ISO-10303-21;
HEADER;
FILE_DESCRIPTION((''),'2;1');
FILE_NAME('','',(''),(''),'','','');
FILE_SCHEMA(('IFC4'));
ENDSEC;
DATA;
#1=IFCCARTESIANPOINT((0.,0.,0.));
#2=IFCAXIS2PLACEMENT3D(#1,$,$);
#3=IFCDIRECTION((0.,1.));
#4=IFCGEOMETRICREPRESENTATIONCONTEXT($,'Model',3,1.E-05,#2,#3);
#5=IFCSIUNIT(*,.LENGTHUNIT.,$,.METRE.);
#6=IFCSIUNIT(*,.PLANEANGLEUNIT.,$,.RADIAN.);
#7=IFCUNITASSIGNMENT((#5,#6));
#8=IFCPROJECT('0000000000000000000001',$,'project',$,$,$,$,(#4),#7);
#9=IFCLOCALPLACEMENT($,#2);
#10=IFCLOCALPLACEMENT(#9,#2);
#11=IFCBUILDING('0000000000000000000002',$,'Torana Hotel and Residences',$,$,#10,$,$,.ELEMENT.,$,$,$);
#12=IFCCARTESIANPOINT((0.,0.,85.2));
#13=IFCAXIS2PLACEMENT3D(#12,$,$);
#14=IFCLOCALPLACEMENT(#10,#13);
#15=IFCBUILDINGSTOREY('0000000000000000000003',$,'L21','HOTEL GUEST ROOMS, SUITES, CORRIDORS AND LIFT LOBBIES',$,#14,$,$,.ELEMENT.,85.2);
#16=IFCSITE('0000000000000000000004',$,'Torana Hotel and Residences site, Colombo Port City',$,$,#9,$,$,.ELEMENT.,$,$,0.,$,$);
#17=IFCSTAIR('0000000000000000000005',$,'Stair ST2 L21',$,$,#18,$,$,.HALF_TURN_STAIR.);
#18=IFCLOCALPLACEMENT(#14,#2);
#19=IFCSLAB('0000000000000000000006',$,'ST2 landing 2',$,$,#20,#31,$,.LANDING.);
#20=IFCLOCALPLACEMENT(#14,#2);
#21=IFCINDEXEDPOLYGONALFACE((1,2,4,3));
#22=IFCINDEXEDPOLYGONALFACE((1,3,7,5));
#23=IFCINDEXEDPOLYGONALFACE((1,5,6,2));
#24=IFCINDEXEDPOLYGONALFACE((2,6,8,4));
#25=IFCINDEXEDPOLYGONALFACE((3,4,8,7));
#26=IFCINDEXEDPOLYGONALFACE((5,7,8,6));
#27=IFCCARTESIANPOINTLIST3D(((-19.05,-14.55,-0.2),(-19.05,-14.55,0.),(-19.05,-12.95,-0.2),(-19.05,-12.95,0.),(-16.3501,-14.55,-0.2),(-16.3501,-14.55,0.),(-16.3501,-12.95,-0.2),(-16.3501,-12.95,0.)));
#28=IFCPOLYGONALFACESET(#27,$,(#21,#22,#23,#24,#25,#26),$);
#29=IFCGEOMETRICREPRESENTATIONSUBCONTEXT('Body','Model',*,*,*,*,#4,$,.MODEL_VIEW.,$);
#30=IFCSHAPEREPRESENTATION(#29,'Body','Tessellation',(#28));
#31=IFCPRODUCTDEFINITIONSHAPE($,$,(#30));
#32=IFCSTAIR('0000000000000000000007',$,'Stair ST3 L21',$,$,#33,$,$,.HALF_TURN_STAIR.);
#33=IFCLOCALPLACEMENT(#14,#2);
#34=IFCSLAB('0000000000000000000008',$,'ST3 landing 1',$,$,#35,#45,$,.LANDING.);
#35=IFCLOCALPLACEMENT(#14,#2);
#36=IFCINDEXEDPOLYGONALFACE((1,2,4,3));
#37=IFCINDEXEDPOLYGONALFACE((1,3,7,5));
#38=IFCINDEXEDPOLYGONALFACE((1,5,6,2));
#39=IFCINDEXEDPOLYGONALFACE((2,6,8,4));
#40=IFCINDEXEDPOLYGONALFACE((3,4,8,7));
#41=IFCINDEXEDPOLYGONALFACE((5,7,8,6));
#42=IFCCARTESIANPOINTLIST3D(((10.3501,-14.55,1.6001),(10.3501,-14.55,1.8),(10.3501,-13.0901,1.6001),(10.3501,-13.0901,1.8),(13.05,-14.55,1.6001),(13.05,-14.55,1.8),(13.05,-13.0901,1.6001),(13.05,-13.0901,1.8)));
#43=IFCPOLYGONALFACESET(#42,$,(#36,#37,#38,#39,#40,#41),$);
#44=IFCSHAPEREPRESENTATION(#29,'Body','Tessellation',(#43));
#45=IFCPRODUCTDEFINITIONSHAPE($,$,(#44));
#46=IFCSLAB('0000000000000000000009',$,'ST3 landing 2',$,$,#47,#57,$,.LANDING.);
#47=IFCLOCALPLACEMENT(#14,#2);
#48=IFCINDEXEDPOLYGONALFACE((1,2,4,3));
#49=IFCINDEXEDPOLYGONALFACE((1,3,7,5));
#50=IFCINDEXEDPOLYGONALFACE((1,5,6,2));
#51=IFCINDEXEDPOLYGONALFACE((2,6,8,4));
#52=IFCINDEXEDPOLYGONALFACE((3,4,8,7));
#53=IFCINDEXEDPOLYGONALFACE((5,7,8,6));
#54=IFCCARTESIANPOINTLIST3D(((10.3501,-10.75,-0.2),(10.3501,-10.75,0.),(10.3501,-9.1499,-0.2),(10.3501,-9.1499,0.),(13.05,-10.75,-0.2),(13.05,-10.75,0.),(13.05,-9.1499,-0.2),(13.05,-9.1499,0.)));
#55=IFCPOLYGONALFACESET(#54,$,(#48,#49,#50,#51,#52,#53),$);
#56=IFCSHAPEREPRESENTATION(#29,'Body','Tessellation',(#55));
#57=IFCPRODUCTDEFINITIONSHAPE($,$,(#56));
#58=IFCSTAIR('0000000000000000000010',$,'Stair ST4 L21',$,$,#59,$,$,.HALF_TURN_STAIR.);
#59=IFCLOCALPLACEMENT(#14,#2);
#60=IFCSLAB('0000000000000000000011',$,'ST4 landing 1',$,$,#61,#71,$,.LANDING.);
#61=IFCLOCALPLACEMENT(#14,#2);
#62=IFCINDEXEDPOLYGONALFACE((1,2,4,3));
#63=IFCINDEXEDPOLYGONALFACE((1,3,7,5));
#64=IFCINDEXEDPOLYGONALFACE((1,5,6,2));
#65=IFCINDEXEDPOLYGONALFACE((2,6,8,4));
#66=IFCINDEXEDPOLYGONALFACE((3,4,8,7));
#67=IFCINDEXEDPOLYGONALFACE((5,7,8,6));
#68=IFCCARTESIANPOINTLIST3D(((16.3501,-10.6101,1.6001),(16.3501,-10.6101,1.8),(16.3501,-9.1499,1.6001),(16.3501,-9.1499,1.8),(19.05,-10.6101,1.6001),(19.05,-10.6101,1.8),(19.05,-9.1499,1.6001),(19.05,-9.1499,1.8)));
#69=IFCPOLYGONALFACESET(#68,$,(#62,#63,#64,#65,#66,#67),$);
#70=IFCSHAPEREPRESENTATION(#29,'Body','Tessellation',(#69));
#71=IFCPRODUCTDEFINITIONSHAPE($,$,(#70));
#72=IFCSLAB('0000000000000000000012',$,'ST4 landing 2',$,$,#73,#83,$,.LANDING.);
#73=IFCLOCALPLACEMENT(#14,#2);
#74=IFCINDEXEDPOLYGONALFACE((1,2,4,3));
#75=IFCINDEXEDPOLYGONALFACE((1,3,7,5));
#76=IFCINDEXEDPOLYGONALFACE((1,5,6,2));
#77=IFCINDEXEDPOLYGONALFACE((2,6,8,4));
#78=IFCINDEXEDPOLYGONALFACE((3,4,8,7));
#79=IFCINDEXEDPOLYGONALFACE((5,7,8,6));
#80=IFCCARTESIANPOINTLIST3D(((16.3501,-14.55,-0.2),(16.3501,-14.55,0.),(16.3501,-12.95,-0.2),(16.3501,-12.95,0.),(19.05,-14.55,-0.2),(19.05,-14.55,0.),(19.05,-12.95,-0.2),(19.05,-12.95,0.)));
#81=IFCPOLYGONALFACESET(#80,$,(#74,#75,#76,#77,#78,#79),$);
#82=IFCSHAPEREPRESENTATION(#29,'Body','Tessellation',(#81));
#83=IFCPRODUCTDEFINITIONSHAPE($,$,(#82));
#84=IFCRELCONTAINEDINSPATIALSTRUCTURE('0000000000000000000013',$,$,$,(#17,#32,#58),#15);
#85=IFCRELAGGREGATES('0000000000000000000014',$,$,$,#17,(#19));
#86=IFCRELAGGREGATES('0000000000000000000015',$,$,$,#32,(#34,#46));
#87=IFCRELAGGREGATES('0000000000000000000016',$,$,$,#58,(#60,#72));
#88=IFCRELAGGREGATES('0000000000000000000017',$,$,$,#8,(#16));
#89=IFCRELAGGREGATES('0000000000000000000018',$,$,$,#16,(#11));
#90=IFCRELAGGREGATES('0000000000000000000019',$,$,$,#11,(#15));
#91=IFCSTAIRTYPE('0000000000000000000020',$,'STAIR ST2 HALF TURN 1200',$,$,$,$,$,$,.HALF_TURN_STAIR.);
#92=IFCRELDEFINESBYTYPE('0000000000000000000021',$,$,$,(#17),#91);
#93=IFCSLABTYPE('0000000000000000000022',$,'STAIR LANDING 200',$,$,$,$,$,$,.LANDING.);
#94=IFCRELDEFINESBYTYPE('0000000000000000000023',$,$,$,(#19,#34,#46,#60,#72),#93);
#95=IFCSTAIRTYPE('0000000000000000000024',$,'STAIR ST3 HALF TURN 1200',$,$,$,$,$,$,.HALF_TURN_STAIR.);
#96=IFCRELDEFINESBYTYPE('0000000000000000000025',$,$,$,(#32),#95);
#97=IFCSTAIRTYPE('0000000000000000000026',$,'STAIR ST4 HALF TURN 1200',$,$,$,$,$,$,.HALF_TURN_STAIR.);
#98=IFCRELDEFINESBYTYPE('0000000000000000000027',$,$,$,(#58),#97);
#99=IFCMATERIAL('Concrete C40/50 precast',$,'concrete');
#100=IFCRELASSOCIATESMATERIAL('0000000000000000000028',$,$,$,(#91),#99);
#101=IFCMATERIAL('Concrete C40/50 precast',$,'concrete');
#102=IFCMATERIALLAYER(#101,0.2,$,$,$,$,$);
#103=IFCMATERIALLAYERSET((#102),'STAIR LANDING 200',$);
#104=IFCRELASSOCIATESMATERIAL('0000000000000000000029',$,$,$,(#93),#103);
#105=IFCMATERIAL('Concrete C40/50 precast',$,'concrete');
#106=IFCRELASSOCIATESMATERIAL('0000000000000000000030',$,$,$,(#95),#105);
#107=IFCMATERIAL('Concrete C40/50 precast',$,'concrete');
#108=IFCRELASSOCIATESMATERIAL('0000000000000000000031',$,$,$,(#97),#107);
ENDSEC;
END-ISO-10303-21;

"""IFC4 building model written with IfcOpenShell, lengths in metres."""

from ifc_helpers import new_model, si_unit, direction, frame, origin, place, context, subcontext, project, spatial, polyline, outline, extrude, material, layer, layer_set, type_object, element, aggregate, save


model = new_model("IFC4")

# Units and contexts
model_context = context("Model", 3, precision=1e-05, world=origin(), true_north=direction((0.0, 1.0)))
body_context = subcontext(model_context, "Body", "Model", "MODEL_VIEW")
ifc_project = project(units=[si_unit("LENGTHUNIT", "METRE"), si_unit("PLANEANGLEUNIT", "RADIAN")], contexts=[model_context])

# Site, building, storey
site_placement = place(None, origin())
site = spatial("IfcSite", under=ifc_project, at=site_placement, Name="Torana Hotel and Residences site, Colombo Port City", CompositionType="ELEMENT", RefElevation=0.0)
building_placement = place(site_placement, origin())
building = spatial("IfcBuilding", under=site, at=building_placement, Name="Torana Hotel and Residences", CompositionType="ELEMENT")
storey_placement = place(building_placement, frame((0.0, 0.0, 85.2)))
storey = spatial("IfcBuildingStorey", under=building, at=storey_placement, Name="L21", Description="HOTEL GUEST ROOMS, SUITES, CORRIDORS AND LIFT LOBBIES", CompositionType="ELEMENT", Elevation=85.2)

# Stair, slab
ifc_material_1 = material(Name="Concrete C40/50 precast", Category="concrete")
stair_type_1 = type_object("IfcStairType", Name="STAIR ST2 HALF TURN 1200", PredefinedType="HALF_TURN_STAIR", material=ifc_material_1)
stair_1_placement = place(storey_placement, origin())
stair_1 = element("IfcStair", 1, at=stair_1_placement, inside=storey, type_object=stair_type_1, Name="Stair ST2 L21", PredefinedType="HALF_TURN_STAIR")
ifc_material_2 = material(Name="Concrete C40/50 precast", Category="concrete")
ifc_layer_1 = layer(ifc_material_2, 0.2)
ifc_layer_set_1 = layer_set([ifc_layer_1], Name="STAIR LANDING 200")
slab_type = type_object("IfcSlabType", Name="STAIR LANDING 200", PredefinedType="LANDING", material=ifc_layer_set_1)
slab_1_placement = place(storey_placement, frame((0.0, 0.0, -0.2)))
slab_1 = element("IfcSlab", 2, at=slab_1_placement, type_object=slab_type, Name="ST2 landing 2", PredefinedType="LANDING", context=body_context, shape_type="SweptSolid", body=[
    extrude(outline(polyline([(-19.05, -14.55), (-16.3501, -14.55), (-16.3501, -12.95), (-19.05, -12.95), (-19.05, -14.55)])), origin(), (0.0, 0.0, 1.0), 0.2),
])
aggregate(stair_1, [slab_1])

# Stairs, slabs
ifc_material_3 = material(Name="Concrete C40/50 precast", Category="concrete")
stair_type_2 = type_object("IfcStairType", Name="STAIR ST3 HALF TURN 1200", PredefinedType="HALF_TURN_STAIR", material=ifc_material_3)
stair_2_placement = place(storey_placement, origin())
stair_2 = element("IfcStair", 3, at=stair_2_placement, inside=storey, type_object=stair_type_2, Name="Stair ST3 L21", PredefinedType="HALF_TURN_STAIR")
slab_2_placement = place(storey_placement, frame((0.0, 0.0, 1.6001)))
slab_2 = element("IfcSlab", 4, at=slab_2_placement, type_object=slab_type, Name="ST3 landing 1", PredefinedType="LANDING", context=body_context, shape_type="SweptSolid", body=[
    extrude(outline(polyline([(10.3501, -14.55), (13.05, -14.55), (13.05, -13.0901), (10.3501, -13.0901), (10.3501, -14.55)])), origin(), (0.0, 0.0, 1.0), 0.2),
])
slab_3_placement = place(storey_placement, frame((0.0, 0.0, -0.2)))
slab_3 = element("IfcSlab", 5, at=slab_3_placement, type_object=slab_type, Name="ST3 landing 2", PredefinedType="LANDING", context=body_context, shape_type="SweptSolid", body=[
    extrude(outline(polyline([(10.3501, -10.75), (13.05, -10.75), (13.05, -9.1499), (10.3501, -9.1499), (10.3501, -10.75)])), origin(), (0.0, 0.0, 1.0), 0.2),
])
aggregate(stair_2, [slab_2, slab_3])
ifc_material_4 = material(Name="Concrete C40/50 precast", Category="concrete")
stair_type_3 = type_object("IfcStairType", Name="STAIR ST4 HALF TURN 1200", PredefinedType="HALF_TURN_STAIR", material=ifc_material_4)
stair_3_placement = place(storey_placement, origin())
stair_3 = element("IfcStair", 6, at=stair_3_placement, inside=storey, type_object=stair_type_3, Name="Stair ST4 L21", PredefinedType="HALF_TURN_STAIR")
slab_4_placement = place(storey_placement, frame((0.0, 0.0, 1.6001)))
slab_4 = element("IfcSlab", 7, at=slab_4_placement, type_object=slab_type, Name="ST4 landing 1", PredefinedType="LANDING", context=body_context, shape_type="SweptSolid", body=[
    extrude(outline(polyline([(16.3501, -10.6101), (19.05, -10.6101), (19.05, -9.1499), (16.3501, -9.1499), (16.3501, -10.6101)])), origin(), (0.0, 0.0, 1.0), 0.2),
])
slab_5_placement = place(storey_placement, frame((0.0, 0.0, -0.2)))
slab_5 = element("IfcSlab", 8, at=slab_5_placement, type_object=slab_type, Name="ST4 landing 2", PredefinedType="LANDING", context=body_context, shape_type="SweptSolid", body=[
    extrude(outline(polyline([(16.3501, -14.55), (19.05, -14.55), (19.05, -12.95), (16.3501, -12.95), (16.3501, -14.55)])), origin(), (0.0, 0.0, 1.0), 0.2),
])
aggregate(stair_3, [slab_4, slab_5])

save(model, "model.ifc")
